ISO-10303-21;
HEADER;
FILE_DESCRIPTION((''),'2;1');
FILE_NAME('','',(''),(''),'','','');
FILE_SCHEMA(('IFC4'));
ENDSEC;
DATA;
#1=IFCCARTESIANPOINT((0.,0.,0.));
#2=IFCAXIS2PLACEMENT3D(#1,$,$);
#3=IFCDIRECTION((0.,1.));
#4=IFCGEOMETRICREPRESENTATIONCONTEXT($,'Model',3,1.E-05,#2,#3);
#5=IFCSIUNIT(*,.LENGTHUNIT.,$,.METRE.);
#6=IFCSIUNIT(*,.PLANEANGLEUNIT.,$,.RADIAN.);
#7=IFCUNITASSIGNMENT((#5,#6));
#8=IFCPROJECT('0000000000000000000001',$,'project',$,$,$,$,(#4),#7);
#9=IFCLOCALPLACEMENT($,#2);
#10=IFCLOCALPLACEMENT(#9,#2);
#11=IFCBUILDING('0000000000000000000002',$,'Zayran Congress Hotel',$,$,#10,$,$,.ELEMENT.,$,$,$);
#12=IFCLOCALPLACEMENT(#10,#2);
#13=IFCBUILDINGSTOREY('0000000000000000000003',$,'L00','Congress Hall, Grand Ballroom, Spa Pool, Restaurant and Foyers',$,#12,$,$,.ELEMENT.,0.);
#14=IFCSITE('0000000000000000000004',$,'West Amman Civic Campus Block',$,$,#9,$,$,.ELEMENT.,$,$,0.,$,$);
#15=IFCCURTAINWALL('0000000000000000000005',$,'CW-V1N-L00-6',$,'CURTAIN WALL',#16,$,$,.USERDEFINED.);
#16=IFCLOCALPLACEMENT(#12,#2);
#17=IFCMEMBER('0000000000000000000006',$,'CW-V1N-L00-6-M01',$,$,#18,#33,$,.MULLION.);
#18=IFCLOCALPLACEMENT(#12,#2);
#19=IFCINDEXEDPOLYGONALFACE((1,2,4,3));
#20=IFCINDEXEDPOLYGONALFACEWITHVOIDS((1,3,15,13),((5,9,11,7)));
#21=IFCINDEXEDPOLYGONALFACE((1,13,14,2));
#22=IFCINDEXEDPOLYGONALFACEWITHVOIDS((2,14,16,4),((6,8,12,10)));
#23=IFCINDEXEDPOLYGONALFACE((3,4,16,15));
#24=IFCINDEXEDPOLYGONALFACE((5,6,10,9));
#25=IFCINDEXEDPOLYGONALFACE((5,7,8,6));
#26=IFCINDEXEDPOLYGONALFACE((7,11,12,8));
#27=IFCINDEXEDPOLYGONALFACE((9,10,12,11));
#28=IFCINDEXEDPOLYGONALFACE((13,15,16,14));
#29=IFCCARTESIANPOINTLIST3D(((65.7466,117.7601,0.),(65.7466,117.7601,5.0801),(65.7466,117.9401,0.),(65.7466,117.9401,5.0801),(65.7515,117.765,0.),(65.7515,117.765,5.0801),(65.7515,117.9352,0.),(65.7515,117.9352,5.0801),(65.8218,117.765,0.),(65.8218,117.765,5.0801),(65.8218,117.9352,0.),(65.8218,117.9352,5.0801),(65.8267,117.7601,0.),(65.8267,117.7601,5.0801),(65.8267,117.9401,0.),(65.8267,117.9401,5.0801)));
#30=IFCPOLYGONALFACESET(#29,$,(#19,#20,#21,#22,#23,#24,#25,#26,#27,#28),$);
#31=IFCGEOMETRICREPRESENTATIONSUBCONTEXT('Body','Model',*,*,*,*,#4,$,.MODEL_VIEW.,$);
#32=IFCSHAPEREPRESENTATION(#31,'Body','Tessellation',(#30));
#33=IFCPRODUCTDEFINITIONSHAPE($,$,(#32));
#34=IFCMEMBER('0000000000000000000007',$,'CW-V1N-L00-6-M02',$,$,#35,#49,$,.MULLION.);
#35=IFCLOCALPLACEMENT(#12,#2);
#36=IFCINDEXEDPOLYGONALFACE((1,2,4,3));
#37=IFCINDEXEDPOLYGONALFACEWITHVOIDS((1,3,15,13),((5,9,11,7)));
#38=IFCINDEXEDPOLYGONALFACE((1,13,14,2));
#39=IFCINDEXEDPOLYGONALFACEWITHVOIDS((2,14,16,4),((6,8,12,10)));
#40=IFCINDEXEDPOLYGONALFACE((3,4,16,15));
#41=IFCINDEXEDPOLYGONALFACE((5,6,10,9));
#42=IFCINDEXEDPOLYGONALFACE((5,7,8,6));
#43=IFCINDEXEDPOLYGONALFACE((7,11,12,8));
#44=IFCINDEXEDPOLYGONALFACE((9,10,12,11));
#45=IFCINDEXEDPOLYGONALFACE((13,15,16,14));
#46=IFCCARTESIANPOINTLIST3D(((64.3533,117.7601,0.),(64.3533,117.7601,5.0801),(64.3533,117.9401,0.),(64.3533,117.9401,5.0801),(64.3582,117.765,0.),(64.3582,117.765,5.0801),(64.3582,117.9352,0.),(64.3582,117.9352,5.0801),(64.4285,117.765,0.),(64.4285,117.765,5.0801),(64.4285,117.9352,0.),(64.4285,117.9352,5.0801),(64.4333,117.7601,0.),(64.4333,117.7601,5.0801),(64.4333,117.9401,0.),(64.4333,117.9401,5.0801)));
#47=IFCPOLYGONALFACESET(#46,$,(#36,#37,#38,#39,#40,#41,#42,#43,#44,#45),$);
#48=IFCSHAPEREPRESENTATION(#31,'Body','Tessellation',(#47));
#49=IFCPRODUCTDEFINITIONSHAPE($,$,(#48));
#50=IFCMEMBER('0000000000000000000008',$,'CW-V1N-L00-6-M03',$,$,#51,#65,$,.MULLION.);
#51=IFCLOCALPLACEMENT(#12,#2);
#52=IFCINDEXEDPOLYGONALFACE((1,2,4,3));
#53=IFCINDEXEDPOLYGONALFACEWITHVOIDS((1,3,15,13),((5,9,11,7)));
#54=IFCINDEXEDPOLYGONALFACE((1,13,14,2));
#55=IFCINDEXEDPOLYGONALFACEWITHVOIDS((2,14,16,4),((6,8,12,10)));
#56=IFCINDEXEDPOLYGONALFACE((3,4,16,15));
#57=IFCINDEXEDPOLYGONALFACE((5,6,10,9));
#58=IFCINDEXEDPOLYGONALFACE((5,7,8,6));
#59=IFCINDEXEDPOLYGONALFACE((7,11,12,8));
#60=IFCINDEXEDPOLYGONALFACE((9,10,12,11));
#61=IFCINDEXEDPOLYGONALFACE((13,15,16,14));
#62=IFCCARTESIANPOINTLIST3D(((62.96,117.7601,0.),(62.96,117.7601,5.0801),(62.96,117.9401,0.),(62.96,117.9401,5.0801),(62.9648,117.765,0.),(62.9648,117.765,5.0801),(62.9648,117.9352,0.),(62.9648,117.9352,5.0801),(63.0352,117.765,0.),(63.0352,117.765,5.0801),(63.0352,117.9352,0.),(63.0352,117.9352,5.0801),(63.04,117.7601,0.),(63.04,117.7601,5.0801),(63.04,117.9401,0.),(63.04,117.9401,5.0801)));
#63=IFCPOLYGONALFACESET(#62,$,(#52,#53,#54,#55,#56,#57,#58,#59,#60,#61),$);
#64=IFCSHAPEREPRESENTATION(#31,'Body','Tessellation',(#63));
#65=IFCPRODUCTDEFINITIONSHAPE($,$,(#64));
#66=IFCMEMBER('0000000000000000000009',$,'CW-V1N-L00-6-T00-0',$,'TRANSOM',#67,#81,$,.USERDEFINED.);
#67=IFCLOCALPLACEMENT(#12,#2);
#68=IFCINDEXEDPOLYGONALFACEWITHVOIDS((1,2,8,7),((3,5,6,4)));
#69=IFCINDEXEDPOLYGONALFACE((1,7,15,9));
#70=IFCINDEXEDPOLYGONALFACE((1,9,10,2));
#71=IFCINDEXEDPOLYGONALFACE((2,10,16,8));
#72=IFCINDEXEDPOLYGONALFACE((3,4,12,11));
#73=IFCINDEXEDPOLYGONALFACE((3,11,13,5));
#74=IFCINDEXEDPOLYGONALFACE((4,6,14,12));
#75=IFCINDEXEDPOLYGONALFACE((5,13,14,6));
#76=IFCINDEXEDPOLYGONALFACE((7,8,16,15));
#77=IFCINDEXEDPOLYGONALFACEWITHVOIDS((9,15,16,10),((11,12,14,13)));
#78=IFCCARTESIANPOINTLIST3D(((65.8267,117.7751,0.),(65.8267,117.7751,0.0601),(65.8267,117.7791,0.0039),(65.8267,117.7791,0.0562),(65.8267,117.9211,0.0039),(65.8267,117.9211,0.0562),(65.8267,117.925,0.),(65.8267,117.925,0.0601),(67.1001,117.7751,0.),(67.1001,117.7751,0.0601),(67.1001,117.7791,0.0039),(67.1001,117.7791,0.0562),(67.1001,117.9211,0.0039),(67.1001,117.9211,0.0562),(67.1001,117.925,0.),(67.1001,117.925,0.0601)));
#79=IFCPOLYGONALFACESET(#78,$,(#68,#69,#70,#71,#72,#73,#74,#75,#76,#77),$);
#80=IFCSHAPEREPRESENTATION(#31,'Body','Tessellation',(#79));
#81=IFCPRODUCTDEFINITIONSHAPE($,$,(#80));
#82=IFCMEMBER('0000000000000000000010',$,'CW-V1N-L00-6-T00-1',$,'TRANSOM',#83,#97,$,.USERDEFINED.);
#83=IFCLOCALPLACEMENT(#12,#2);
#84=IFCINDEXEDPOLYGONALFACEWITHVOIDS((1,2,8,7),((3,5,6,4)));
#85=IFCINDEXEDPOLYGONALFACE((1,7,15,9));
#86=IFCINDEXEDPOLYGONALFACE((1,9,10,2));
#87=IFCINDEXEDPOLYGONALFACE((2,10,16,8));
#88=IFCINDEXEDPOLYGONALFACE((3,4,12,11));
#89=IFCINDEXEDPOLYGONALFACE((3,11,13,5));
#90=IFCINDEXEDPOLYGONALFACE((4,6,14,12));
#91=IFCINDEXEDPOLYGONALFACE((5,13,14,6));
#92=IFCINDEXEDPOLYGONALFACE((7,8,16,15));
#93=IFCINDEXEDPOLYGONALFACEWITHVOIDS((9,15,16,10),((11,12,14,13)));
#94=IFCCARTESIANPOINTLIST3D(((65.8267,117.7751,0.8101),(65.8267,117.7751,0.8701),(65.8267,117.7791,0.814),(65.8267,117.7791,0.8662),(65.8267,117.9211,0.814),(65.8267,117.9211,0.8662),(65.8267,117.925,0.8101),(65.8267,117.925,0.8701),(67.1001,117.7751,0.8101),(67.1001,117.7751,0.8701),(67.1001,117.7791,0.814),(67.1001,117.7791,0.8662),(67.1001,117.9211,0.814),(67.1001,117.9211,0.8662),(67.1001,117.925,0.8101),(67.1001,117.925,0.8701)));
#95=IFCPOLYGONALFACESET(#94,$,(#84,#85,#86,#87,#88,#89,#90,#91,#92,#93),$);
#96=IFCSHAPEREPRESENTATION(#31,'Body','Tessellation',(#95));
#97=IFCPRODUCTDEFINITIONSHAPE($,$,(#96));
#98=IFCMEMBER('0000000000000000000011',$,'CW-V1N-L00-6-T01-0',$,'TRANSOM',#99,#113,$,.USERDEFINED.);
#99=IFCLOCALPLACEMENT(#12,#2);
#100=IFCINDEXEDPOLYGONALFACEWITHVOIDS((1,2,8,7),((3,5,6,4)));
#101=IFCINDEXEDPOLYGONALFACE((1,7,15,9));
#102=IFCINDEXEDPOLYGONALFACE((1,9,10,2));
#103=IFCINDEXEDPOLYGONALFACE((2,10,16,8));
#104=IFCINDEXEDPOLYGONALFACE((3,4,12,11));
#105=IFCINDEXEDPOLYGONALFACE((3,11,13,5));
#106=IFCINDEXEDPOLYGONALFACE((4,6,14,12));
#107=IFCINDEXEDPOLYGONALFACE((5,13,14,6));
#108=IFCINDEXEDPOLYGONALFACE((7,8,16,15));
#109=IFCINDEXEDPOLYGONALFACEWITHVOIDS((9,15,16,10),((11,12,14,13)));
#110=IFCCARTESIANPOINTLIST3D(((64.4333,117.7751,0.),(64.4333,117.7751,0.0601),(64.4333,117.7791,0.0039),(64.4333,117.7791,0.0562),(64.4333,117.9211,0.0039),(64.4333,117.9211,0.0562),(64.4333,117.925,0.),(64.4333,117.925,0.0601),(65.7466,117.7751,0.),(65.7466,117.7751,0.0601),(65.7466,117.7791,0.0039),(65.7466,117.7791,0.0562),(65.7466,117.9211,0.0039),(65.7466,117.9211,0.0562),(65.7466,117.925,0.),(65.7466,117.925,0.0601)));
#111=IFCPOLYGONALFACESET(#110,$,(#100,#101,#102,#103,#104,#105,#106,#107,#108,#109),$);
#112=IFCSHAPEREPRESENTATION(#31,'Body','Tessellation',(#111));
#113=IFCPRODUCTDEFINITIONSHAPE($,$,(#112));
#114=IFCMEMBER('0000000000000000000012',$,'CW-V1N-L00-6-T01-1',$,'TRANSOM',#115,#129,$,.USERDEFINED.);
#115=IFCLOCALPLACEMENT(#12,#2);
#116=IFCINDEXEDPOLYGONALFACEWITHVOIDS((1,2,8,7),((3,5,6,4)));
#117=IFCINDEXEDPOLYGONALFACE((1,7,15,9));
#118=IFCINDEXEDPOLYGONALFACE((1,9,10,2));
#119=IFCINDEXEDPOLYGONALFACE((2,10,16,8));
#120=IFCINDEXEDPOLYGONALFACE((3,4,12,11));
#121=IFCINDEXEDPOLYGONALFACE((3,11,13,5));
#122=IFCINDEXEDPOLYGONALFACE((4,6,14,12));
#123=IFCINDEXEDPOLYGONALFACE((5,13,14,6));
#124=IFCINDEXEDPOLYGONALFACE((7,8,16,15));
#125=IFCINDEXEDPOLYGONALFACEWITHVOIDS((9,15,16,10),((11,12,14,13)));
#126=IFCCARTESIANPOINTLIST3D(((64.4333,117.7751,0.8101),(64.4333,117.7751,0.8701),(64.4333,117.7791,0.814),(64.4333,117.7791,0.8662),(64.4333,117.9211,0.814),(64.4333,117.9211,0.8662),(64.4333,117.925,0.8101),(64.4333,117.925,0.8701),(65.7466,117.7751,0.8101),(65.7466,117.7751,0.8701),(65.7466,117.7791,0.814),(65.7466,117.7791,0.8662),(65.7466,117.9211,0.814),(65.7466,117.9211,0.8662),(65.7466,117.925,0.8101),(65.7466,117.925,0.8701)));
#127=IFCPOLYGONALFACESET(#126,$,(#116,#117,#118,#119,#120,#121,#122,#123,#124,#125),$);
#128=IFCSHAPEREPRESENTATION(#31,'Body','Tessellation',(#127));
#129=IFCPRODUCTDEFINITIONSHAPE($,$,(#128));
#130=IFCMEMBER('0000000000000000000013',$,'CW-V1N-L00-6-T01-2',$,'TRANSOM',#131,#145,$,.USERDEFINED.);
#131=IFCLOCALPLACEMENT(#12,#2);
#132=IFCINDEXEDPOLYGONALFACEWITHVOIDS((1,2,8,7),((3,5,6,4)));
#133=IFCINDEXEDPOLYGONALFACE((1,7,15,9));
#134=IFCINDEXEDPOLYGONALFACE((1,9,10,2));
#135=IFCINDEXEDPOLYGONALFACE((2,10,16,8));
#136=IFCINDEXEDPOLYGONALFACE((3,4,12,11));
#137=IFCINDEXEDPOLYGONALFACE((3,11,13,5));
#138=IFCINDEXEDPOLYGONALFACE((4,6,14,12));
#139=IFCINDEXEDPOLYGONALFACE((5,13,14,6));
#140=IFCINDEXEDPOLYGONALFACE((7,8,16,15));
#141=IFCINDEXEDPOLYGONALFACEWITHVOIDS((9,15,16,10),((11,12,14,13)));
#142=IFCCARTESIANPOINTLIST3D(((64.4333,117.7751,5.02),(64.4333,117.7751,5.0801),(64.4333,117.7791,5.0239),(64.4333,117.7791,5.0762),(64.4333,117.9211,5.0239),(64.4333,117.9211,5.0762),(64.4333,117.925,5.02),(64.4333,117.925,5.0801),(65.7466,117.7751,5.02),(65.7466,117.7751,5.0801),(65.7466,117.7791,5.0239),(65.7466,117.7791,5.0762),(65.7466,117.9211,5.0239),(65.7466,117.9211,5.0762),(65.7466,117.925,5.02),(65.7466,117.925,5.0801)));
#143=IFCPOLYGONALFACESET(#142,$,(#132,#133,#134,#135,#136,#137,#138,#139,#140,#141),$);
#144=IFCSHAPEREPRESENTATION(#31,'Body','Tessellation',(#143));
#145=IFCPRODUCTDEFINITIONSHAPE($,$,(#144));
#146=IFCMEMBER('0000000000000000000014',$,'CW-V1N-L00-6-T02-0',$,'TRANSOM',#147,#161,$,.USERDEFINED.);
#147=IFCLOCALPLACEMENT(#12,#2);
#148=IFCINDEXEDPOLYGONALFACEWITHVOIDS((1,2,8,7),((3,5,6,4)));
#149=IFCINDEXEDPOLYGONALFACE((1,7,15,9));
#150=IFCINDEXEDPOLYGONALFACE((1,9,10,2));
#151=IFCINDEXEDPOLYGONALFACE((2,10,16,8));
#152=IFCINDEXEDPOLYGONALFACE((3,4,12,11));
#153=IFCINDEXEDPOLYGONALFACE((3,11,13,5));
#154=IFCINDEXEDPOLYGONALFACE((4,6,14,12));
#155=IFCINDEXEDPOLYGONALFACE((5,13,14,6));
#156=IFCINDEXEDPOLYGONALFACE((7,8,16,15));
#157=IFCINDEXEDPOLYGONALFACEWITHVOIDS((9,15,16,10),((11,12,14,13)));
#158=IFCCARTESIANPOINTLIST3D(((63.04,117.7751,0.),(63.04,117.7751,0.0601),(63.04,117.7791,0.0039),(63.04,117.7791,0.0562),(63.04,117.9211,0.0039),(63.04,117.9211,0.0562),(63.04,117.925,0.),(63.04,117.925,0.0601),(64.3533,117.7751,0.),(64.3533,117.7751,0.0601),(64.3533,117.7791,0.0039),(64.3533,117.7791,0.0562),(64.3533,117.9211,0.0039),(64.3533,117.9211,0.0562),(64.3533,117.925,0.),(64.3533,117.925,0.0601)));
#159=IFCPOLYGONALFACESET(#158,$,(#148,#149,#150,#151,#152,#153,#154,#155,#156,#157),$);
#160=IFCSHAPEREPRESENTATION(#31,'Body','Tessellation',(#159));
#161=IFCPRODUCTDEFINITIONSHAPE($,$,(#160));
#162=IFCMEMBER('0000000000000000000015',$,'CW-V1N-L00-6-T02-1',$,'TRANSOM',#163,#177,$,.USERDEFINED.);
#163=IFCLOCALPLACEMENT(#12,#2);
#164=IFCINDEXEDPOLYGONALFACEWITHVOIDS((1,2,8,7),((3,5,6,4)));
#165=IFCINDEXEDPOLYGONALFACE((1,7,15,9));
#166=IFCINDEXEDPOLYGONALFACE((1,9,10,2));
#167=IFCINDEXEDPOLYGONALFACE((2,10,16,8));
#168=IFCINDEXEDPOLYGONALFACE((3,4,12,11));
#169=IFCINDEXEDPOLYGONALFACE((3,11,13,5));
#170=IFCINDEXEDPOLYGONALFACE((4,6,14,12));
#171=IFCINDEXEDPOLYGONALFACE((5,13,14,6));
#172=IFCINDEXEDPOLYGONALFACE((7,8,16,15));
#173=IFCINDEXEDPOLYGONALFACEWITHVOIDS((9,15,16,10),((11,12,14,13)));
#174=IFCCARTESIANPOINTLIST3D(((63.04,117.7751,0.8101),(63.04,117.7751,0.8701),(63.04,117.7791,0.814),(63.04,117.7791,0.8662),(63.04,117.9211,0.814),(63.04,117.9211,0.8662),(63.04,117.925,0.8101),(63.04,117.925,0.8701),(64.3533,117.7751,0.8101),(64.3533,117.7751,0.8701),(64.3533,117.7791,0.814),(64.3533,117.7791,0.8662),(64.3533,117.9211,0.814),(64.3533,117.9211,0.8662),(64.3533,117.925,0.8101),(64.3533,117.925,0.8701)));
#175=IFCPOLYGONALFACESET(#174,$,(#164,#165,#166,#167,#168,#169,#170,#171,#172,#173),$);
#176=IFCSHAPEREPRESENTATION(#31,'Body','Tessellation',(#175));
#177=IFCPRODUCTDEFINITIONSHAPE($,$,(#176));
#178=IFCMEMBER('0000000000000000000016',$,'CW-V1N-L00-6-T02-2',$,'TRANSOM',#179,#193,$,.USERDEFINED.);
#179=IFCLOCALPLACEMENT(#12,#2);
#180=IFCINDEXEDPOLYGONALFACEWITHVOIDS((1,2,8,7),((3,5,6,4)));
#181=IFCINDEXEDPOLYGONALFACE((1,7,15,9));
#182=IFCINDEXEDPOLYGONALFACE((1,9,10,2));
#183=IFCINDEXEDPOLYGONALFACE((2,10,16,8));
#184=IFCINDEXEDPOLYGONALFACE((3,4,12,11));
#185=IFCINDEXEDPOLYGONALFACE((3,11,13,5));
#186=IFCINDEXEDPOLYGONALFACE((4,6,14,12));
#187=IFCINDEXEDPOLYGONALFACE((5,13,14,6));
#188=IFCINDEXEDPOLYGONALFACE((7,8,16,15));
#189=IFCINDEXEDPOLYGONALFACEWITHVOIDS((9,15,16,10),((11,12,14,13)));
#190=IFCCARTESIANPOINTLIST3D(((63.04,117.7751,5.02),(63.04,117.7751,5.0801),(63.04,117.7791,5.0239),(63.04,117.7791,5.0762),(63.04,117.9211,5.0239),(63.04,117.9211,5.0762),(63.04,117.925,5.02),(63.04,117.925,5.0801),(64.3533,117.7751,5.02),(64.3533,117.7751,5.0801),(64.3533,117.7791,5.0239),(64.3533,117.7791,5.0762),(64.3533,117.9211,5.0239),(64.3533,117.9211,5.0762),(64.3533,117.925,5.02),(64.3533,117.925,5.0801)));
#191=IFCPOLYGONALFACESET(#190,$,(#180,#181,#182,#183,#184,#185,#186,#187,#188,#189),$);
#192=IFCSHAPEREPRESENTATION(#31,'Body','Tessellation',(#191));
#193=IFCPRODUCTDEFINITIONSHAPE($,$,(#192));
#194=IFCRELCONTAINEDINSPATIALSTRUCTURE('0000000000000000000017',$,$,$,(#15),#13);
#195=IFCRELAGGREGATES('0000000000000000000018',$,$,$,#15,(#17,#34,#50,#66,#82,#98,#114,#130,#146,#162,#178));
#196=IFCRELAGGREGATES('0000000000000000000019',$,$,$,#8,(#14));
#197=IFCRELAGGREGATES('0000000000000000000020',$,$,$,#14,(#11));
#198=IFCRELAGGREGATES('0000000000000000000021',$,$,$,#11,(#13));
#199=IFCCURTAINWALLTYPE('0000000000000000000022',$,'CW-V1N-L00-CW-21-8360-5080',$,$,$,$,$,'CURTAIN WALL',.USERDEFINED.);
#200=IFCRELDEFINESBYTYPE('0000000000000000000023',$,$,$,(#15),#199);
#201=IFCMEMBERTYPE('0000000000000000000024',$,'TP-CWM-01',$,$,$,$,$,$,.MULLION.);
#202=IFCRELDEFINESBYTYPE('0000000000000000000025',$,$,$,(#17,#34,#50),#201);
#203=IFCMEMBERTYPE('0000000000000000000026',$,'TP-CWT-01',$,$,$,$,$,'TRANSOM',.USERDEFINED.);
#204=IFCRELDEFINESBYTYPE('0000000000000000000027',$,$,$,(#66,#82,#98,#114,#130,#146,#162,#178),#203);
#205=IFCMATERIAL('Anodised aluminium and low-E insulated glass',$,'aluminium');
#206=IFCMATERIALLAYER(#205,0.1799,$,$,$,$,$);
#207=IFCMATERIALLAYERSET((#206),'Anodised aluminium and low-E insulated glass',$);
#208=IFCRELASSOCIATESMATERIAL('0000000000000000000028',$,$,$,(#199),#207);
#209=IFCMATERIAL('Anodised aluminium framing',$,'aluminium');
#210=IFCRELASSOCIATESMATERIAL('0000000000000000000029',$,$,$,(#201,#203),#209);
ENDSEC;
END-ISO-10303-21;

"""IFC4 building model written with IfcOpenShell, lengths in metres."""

from ifc_helpers import new_model, si_unit, direction, frame, origin, origin_2d, place, context, subcontext, project, spatial, hollow_rectangle, extrude, material, layer, layer_set, material_profile, profile_set, type_object, element, aggregate, save


model = new_model("IFC4")

# Units and contexts
model_context = context("Model", 3, precision=1e-05, world=origin(), true_north=direction((0.0, 1.0)))
body_context = subcontext(model_context, "Body", "Model", "MODEL_VIEW")
ifc_project = project(units=[si_unit("LENGTHUNIT", "METRE"), si_unit("PLANEANGLEUNIT", "RADIAN")], contexts=[model_context])

# Site, building, storey
site_placement = place(None, origin())
site = spatial("IfcSite", under=ifc_project, at=site_placement, Name="West Amman Civic Campus Block", CompositionType="ELEMENT", RefElevation=0.0)
building_placement = place(site_placement, origin())
building = spatial("IfcBuilding", under=site, at=building_placement, Name="Zayran Congress Hotel", CompositionType="ELEMENT")
storey_placement = place(building_placement, origin())
storey = spatial("IfcBuildingStorey", under=building, at=storey_placement, Name="L00", Description="Congress Hall, Grand Ballroom, Spa Pool, Restaurant and Foyers", CompositionType="ELEMENT", Elevation=0.0)

# Curtain wall, members
ifc_material_1 = material(Name="Anodised aluminium and low-E insulated glass", Category="aluminium")
ifc_layer_1 = layer(ifc_material_1, 0.1799)
ifc_layer_set_1 = layer_set([ifc_layer_1], Name="Anodised aluminium and low-E insulated glass")
curtain_wall_type = type_object("IfcCurtainWallType", Name="CW-V1N-L00-CW-21-8360-5080", ElementType="CURTAIN WALL", PredefinedType="USERDEFINED", material=ifc_layer_set_1)
curtain_wall_placement = place(storey_placement, origin())
curtain_wall = element("IfcCurtainWall", 1, at=curtain_wall_placement, inside=storey, type_object=curtain_wall_type, Name="CW-V1N-L00-6", ObjectType="CURTAIN WALL", PredefinedType="USERDEFINED")
ifc_material_2 = material(Name="Anodised aluminium framing", Category="aluminium")
ifc_material_profile_1 = material_profile(ifc_material_2, hollow_rectangle(XDim=0.0801, YDim=0.1799, WallThickness=0.0049, at=origin_2d()), Name="RHS 180x80x5")
ifc_profile_set_1 = profile_set([ifc_material_profile_1], Name="Anodised aluminium framing")
member_type_1 = type_object("IfcMemberType", Name="TP-CWM-01", PredefinedType="MULLION", material=ifc_profile_set_1)
member_1_placement = place(storey_placement, frame((65.7866, 117.8501, 0.0), z_axis=(0.0, 0.0, 1.0), x_axis=(1.0, 0.0, 0.0)))
member_1 = element("IfcMember", 2, at=member_1_placement, type_object=member_type_1, Name="CW-V1N-L00-6-M01", PredefinedType="MULLION", context=body_context, shape_type="SweptSolid", body=[
    extrude(hollow_rectangle(XDim=0.0801, YDim=0.1799, WallThickness=0.0049, at=origin_2d()), origin(), (0.0, 0.0, 1.0), 5.0801),
])
member_2_placement = place(storey_placement, frame((64.3933, 117.8501, 0.0), z_axis=(0.0, 0.0, 1.0), x_axis=(1.0, 0.0, 0.0)))
member_2 = element("IfcMember", 3, at=member_2_placement, type_object=member_type_1, Name="CW-V1N-L00-6-M02", PredefinedType="MULLION", context=body_context, shape_type="SweptSolid", body=[
    extrude(hollow_rectangle(XDim=0.0801, YDim=0.1799, WallThickness=0.0049, at=origin_2d()), origin(), (0.0, 0.0, 1.0), 5.0801),
])
member_3_placement = place(storey_placement, frame((63.0, 117.8501, 0.0), z_axis=(0.0, 0.0, 1.0), x_axis=(1.0, 0.0, 0.0)))
member_3 = element("IfcMember", 4, at=member_3_placement, type_object=member_type_1, Name="CW-V1N-L00-6-M03", PredefinedType="MULLION", context=body_context, shape_type="SweptSolid", body=[
    extrude(hollow_rectangle(XDim=0.0801, YDim=0.1799, WallThickness=0.0049, at=origin_2d()), origin(), (0.0, 0.0, 1.0), 5.0801),
])
ifc_material_profile_2 = material_profile(ifc_material_2, hollow_rectangle(XDim=0.0601, YDim=0.1499, WallThickness=0.0039, at=origin_2d()), Name="RHS 150x60x4")
ifc_profile_set_2 = profile_set([ifc_material_profile_2], Name="Anodised aluminium framing")
member_type_2 = type_object("IfcMemberType", Name="TP-CWT-01", ElementType="TRANSOM", PredefinedType="USERDEFINED", material=ifc_profile_set_2)
member_4_placement = place(storey_placement, frame((67.1001, 117.8501, 0.03), z_axis=(-1.0, 0.0, 0.0), x_axis=(0.0, 0.0, 1.0)))
member_4 = element("IfcMember", 5, at=member_4_placement, type_object=member_type_2, Name="CW-V1N-L00-6-T00-0", ObjectType="TRANSOM", PredefinedType="USERDEFINED", context=body_context, shape_type="SweptSolid", body=[
    extrude(hollow_rectangle(XDim=0.0601, YDim=0.1499, WallThickness=0.0039, at=origin_2d()), origin(), (0.0, 0.0, 1.0), 1.2734),
])
member_5_placement = place(storey_placement, frame((67.1001, 117.8501, 0.8401), z_axis=(-1.0, 0.0, 0.0), x_axis=(0.0, 0.0, 1.0)))
member_5 = element("IfcMember", 6, at=member_5_placement, type_object=member_type_2, Name="CW-V1N-L00-6-T00-1", ObjectType="TRANSOM", PredefinedType="USERDEFINED", context=body_context, shape_type="SweptSolid", body=[
    extrude(hollow_rectangle(XDim=0.0601, YDim=0.1499, WallThickness=0.0039, at=origin_2d()), origin(), (0.0, 0.0, 1.0), 1.2734),
])
member_6_placement = place(storey_placement, frame((65.7466, 117.8501, 0.03), z_axis=(-1.0, 0.0, 0.0), x_axis=(0.0, 0.0, 1.0)))
member_6 = element("IfcMember", 7, at=member_6_placement, type_object=member_type_2, Name="CW-V1N-L00-6-T01-0", ObjectType="TRANSOM", PredefinedType="USERDEFINED", context=body_context, shape_type="SweptSolid", body=[
    extrude(hollow_rectangle(XDim=0.0601, YDim=0.1499, WallThickness=0.0039, at=origin_2d()), origin(), (0.0, 0.0, 1.0), 1.3132),
])
member_7_placement = place(storey_placement, frame((65.7466, 117.8501, 0.8401), z_axis=(-1.0, 0.0, 0.0), x_axis=(0.0, 0.0, 1.0)))
member_7 = element("IfcMember", 8, at=member_7_placement, type_object=member_type_2, Name="CW-V1N-L00-6-T01-1", ObjectType="TRANSOM", PredefinedType="USERDEFINED", context=body_context, shape_type="SweptSolid", body=[
    extrude(hollow_rectangle(XDim=0.0601, YDim=0.1499, WallThickness=0.0039, at=origin_2d()), origin(), (0.0, 0.0, 1.0), 1.3132),
])
member_8_placement = place(storey_placement, frame((65.7466, 117.8501, 5.05), z_axis=(-1.0, 0.0, 0.0), x_axis=(0.0, 0.0, 1.0)))
member_8 = element("IfcMember", 9, at=member_8_placement, type_object=member_type_2, Name="CW-V1N-L00-6-T01-2", ObjectType="TRANSOM", PredefinedType="USERDEFINED", context=body_context, shape_type="SweptSolid", body=[
    extrude(hollow_rectangle(XDim=0.0601, YDim=0.1499, WallThickness=0.0039, at=origin_2d()), origin(), (0.0, 0.0, 1.0), 1.3132),
])
member_9_placement = place(storey_placement, frame((64.3533, 117.8501, 0.03), z_axis=(-1.0, 0.0, 0.0), x_axis=(0.0, 0.0, 1.0)))
member_9 = element("IfcMember", 10, at=member_9_placement, type_object=member_type_2, Name="CW-V1N-L00-6-T02-0", ObjectType="TRANSOM", PredefinedType="USERDEFINED", context=body_context, shape_type="SweptSolid", body=[
    extrude(hollow_rectangle(XDim=0.0601, YDim=0.1499, WallThickness=0.0039, at=origin_2d()), origin(), (0.0, 0.0, 1.0), 1.3132),
])
member_10_placement = place(storey_placement, frame((64.3533, 117.8501, 0.8401), z_axis=(-1.0, 0.0, 0.0), x_axis=(0.0, 0.0, 1.0)))
member_10 = element("IfcMember", 11, at=member_10_placement, type_object=member_type_2, Name="CW-V1N-L00-6-T02-1", ObjectType="TRANSOM", PredefinedType="USERDEFINED", context=body_context, shape_type="SweptSolid", body=[
    extrude(hollow_rectangle(XDim=0.0601, YDim=0.1499, WallThickness=0.0039, at=origin_2d()), origin(), (0.0, 0.0, 1.0), 1.3132),
])
member_11_placement = place(storey_placement, frame((64.3533, 117.8501, 5.05), z_axis=(-1.0, 0.0, 0.0), x_axis=(0.0, 0.0, 1.0)))
member_11 = element("IfcMember", 12, at=member_11_placement, type_object=member_type_2, Name="CW-V1N-L00-6-T02-2", ObjectType="TRANSOM", PredefinedType="USERDEFINED", context=body_context, shape_type="SweptSolid", body=[
    extrude(hollow_rectangle(XDim=0.0601, YDim=0.1499, WallThickness=0.0039, at=origin_2d()), origin(), (0.0, 0.0, 1.0), 1.3132),
])
aggregate(curtain_wall, [member_1, member_2, member_3, member_4, member_5, member_6, member_7, member_8, member_9, member_10, member_11])

save(model, "model.ifc")
